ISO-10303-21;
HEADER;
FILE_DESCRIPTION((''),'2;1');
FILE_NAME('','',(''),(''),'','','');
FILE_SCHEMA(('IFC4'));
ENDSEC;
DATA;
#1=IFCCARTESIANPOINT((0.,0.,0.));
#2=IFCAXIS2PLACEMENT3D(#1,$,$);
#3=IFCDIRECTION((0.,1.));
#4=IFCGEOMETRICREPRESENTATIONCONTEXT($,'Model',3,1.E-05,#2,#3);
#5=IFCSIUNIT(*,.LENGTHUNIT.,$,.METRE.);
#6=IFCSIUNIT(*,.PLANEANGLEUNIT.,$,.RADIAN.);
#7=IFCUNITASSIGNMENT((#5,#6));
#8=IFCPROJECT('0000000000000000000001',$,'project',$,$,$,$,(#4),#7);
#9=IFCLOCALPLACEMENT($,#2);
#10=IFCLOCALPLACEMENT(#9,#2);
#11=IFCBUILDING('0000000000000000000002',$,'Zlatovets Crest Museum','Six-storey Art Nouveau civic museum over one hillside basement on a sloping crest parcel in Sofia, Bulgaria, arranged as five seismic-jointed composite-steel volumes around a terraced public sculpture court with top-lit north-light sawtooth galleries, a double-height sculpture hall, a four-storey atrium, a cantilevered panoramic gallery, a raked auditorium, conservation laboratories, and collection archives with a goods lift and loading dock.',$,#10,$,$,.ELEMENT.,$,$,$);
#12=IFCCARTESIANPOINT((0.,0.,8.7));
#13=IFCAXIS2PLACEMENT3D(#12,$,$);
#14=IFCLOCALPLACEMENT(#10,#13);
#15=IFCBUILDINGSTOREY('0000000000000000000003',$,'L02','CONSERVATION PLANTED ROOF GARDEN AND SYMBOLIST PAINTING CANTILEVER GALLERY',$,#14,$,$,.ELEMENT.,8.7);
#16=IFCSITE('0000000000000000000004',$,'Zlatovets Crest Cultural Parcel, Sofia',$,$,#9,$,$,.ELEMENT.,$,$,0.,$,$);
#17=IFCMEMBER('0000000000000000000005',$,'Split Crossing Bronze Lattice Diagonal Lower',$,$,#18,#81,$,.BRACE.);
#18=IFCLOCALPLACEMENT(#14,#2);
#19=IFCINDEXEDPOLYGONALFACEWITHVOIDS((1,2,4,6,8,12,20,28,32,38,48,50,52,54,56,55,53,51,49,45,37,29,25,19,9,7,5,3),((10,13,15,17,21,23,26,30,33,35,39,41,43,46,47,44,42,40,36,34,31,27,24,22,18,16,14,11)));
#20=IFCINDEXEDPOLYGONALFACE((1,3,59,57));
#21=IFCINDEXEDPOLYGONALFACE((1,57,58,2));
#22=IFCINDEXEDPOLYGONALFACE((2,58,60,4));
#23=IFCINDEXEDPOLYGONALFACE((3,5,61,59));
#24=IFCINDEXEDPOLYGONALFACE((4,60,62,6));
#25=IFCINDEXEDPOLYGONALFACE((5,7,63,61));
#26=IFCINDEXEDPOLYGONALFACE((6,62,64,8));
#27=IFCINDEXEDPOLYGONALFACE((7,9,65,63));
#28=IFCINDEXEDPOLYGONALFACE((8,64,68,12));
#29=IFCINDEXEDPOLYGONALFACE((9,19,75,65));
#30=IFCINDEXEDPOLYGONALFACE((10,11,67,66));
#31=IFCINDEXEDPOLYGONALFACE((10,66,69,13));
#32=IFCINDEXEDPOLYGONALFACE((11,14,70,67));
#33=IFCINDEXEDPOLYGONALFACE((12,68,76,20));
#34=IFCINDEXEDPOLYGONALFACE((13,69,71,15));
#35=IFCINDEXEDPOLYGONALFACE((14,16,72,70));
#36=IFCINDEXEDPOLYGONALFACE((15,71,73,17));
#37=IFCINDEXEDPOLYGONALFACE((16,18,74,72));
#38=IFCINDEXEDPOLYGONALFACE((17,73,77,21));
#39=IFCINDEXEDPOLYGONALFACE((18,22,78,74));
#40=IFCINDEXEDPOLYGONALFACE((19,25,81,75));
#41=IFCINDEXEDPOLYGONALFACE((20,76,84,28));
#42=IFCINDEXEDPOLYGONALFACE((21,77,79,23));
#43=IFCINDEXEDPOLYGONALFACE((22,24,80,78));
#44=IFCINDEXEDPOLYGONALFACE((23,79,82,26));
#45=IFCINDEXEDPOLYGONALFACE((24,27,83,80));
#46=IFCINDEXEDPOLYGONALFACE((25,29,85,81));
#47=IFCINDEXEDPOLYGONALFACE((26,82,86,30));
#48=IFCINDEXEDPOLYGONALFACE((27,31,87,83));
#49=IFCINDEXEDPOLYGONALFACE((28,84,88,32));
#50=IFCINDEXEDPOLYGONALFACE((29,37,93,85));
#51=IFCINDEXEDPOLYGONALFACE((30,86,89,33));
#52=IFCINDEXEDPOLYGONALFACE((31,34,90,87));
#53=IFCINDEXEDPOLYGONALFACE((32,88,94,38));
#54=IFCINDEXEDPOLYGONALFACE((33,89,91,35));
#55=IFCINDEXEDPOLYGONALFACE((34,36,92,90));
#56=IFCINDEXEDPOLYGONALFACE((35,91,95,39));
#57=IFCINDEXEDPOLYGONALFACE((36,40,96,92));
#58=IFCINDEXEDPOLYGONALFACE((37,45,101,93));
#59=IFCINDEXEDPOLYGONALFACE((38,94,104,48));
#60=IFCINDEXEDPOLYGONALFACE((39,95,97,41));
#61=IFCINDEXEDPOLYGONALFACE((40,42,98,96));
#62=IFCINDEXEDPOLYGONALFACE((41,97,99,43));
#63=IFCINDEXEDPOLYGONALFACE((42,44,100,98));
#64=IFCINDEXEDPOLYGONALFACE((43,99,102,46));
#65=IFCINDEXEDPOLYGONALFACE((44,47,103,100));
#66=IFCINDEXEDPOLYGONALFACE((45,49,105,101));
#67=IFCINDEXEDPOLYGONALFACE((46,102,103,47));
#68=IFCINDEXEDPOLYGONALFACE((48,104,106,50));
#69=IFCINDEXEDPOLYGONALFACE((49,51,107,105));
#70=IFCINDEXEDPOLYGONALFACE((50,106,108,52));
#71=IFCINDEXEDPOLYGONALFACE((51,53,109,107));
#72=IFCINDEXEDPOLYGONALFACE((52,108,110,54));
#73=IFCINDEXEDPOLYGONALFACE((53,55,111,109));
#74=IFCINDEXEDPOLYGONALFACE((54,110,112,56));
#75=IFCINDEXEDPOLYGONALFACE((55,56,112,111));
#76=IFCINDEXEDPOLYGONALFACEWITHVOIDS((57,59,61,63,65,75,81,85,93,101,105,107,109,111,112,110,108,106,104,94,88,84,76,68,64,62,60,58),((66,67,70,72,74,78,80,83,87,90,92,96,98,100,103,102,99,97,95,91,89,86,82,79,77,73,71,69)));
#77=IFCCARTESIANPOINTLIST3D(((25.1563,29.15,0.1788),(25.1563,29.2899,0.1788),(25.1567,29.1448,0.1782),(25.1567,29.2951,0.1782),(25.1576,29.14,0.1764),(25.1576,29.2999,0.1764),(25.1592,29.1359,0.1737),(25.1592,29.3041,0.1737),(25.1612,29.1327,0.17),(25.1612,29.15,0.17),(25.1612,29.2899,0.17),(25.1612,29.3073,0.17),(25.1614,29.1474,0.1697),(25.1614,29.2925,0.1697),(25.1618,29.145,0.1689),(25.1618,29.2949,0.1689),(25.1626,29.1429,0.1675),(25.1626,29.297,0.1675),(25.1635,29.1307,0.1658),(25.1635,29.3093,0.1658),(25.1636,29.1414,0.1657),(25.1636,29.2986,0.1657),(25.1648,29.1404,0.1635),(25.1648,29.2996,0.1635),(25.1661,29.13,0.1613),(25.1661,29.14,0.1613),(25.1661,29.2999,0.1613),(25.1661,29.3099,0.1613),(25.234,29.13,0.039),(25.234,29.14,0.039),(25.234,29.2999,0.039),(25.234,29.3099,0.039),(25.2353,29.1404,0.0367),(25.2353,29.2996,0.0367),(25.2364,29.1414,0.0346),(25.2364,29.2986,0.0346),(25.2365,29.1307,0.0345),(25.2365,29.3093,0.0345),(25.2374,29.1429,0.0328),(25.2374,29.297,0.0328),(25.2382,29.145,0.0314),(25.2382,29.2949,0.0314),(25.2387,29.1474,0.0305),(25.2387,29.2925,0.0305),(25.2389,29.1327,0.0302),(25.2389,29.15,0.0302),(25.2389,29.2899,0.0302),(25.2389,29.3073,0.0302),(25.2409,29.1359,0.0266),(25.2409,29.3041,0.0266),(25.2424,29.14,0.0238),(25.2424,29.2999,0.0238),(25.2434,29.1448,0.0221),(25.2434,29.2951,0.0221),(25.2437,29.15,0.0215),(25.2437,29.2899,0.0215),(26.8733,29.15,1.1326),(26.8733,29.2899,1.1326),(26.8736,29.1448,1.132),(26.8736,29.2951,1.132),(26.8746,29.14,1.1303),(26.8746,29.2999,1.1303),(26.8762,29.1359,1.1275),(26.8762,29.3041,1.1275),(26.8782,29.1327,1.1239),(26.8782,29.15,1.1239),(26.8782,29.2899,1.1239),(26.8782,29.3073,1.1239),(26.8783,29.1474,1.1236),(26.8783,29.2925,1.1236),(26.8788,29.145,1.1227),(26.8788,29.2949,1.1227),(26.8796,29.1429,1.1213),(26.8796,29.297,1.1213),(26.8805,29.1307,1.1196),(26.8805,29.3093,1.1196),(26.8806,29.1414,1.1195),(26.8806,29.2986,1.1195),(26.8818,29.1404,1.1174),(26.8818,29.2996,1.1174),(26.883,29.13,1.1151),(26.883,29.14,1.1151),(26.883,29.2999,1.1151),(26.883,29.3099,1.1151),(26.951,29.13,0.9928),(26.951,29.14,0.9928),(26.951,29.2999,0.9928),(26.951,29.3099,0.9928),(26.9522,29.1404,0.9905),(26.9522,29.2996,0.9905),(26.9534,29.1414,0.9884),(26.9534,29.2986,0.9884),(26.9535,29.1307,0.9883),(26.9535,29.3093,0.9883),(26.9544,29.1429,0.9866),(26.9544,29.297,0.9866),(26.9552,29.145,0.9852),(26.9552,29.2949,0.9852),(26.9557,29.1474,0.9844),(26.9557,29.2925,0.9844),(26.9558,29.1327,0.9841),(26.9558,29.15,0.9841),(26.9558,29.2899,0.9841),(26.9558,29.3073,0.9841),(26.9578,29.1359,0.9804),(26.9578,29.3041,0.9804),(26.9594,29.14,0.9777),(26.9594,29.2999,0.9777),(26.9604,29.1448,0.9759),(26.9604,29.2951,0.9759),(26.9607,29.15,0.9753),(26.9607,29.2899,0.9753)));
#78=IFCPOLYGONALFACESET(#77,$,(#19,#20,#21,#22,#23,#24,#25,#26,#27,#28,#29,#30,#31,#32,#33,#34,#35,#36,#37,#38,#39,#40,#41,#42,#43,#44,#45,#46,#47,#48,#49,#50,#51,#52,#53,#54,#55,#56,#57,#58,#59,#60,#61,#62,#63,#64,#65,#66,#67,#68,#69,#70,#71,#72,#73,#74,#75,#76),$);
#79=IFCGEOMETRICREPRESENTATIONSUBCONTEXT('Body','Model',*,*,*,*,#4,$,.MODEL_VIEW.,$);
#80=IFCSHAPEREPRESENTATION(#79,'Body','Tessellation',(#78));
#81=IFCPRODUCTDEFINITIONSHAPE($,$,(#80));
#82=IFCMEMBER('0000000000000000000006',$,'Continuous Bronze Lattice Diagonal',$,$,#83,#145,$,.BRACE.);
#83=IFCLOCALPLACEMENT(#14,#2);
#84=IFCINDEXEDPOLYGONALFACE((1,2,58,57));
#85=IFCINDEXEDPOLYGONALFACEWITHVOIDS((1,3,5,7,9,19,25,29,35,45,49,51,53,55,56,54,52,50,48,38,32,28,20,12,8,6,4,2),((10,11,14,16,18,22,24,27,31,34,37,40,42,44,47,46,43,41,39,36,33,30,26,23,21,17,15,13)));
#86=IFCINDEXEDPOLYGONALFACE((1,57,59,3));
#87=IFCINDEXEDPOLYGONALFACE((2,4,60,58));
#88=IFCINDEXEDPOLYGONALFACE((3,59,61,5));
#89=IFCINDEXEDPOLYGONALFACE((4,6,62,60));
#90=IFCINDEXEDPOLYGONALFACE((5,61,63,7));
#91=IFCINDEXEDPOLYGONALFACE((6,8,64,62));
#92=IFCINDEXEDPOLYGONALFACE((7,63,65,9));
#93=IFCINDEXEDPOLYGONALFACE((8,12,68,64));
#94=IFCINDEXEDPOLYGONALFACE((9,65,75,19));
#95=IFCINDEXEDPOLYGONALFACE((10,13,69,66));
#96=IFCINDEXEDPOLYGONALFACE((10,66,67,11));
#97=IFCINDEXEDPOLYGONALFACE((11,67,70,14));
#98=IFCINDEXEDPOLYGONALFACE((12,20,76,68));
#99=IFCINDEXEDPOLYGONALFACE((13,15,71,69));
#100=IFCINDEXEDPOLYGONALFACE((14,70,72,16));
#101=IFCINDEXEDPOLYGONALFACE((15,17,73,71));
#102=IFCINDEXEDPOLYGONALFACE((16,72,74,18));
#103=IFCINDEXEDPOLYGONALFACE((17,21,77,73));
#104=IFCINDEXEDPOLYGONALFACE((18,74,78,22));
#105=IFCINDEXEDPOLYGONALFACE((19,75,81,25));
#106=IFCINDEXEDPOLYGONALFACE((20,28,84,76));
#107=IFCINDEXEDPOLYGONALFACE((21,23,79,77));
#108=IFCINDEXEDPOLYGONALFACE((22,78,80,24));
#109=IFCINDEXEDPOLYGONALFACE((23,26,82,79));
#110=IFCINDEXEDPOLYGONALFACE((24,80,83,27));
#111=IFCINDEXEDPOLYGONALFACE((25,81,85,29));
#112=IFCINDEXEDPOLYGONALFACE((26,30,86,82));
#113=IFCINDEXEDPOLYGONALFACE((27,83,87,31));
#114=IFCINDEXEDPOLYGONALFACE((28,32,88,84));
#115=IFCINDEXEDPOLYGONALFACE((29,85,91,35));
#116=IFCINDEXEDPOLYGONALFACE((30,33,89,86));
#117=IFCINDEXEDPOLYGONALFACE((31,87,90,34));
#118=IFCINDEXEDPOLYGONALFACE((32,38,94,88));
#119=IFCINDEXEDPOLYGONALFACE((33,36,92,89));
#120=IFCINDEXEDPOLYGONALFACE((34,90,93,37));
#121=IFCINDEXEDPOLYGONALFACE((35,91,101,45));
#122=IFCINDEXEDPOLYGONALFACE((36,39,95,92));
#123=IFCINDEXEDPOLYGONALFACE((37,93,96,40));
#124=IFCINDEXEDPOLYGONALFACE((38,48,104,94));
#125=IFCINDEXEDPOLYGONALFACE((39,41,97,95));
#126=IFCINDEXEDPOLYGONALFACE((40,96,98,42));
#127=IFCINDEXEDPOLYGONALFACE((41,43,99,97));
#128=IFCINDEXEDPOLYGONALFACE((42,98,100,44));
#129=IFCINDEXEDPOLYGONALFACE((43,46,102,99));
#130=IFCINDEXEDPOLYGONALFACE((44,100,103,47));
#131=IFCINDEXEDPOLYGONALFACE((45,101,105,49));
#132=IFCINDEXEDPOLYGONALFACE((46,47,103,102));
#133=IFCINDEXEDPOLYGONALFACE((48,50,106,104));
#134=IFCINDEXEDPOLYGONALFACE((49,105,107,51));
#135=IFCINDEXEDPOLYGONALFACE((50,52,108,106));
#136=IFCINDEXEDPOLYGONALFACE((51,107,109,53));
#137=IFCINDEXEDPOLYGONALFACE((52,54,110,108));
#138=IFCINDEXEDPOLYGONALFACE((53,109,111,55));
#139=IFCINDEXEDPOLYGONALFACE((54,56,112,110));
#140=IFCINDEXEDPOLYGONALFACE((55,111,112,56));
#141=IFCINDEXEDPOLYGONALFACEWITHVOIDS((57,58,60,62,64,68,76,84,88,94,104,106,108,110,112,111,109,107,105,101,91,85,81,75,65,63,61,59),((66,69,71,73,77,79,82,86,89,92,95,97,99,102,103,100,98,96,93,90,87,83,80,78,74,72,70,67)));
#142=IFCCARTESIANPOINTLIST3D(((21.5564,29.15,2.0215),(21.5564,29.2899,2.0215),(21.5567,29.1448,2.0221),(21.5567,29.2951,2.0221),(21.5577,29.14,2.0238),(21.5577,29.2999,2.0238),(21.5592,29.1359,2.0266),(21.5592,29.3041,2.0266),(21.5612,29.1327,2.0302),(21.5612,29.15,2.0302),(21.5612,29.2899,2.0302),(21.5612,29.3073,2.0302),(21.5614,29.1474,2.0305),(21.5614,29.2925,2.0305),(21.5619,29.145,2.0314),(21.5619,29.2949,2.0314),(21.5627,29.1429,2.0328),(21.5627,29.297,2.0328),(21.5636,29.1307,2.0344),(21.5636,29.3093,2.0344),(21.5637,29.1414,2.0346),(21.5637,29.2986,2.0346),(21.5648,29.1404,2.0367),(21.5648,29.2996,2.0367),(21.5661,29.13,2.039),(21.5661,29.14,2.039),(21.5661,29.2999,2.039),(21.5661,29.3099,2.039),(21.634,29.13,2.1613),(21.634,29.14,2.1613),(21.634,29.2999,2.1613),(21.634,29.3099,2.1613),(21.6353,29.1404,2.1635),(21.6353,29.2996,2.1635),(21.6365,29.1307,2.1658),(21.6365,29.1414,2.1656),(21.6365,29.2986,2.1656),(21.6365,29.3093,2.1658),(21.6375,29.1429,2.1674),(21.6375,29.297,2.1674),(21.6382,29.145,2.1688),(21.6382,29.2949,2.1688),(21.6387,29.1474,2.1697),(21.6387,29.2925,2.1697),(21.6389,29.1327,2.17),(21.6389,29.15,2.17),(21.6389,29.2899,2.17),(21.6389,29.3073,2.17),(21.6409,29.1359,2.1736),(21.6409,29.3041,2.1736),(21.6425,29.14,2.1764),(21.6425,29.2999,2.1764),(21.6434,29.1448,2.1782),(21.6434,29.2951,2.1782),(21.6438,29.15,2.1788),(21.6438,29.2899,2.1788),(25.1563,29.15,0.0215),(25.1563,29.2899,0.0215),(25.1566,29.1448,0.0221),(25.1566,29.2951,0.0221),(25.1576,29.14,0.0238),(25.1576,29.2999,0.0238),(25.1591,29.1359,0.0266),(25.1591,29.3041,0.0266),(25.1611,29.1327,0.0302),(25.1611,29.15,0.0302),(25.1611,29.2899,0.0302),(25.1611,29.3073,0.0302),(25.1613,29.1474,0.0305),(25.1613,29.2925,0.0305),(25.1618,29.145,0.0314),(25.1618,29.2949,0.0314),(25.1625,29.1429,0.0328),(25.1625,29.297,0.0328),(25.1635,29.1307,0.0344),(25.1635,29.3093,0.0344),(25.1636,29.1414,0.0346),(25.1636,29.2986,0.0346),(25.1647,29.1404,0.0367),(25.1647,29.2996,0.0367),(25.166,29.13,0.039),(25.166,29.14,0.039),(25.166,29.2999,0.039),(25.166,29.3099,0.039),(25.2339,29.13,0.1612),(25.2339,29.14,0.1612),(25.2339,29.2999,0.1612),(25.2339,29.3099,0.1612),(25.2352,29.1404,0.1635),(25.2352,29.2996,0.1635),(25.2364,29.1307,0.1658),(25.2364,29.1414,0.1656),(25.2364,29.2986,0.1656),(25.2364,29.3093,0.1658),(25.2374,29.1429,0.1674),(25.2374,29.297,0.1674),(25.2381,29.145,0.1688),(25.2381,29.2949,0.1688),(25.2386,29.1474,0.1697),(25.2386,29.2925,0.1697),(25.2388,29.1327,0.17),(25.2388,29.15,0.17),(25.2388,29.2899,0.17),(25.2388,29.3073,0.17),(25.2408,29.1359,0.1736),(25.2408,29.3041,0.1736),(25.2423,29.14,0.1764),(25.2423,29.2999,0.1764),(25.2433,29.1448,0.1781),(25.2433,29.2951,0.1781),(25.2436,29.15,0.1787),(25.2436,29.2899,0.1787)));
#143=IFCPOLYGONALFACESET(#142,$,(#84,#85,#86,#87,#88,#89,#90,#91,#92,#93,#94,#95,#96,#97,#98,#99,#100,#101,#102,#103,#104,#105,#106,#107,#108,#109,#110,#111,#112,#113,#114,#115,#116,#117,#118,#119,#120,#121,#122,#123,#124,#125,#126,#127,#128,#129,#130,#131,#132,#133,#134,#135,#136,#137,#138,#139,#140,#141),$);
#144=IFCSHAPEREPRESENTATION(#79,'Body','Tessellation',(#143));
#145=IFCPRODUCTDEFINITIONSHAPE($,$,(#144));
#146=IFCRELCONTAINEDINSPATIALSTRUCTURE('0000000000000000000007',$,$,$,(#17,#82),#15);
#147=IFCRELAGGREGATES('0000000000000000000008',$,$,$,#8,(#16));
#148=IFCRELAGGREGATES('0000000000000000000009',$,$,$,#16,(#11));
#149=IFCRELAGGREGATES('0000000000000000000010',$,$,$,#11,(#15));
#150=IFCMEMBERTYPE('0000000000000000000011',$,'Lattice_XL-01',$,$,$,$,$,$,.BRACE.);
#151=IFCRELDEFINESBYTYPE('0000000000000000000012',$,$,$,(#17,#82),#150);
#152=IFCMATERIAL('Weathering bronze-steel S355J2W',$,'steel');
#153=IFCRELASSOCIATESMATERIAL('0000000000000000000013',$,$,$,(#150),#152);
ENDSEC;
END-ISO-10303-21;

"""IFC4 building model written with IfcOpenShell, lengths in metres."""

from ifc_helpers import new_model, si_unit, direction, frame, origin, origin_2d, place, context, subcontext, project, spatial, hollow_rectangle, extrude, material, material_profile, profile_set, type_object, element, save


model = new_model("IFC4")

# Units and contexts
model_context = context("Model", 3, precision=1e-05, world=origin(), true_north=direction((0.0, 1.0)))
body_context = subcontext(model_context, "Body", "Model", "MODEL_VIEW")
ifc_project = project(units=[si_unit("LENGTHUNIT", "METRE"), si_unit("PLANEANGLEUNIT", "RADIAN")], contexts=[model_context])

# Site, building, storey
site_placement = place(None, origin())
site = spatial("IfcSite", under=ifc_project, at=site_placement, Name="Zlatovets Crest Cultural Parcel, Sofia", CompositionType="ELEMENT", RefElevation=0.0)
building_placement = place(site_placement, origin())
building = spatial("IfcBuilding", under=site, at=building_placement, Name="Zlatovets Crest Museum", Description="Six-storey Art Nouveau civic museum over one hillside basement on a sloping crest parcel in Sofia, Bulgaria, arranged as five seismic-jointed composite-steel volumes around a terraced public sculpture court with top-lit north-light sawtooth galleries, a double-height sculpture hall, a four-storey atrium, a cantilevered panoramic gallery, a raked auditorium, conservation laboratories, and collection archives with a goods lift and loading dock.", CompositionType="ELEMENT")
storey_placement = place(building_placement, frame((0.0, 0.0, 8.7)))
storey = spatial("IfcBuildingStorey", under=building, at=storey_placement, Name="L02", Description="CONSERVATION PLANTED ROOF GARDEN AND SYMBOLIST PAINTING CANTILEVER GALLERY", CompositionType="ELEMENT", Elevation=8.7)

# Members
ifc_material_1 = material(Name="Weathering bronze-steel S355J2W", Category="steel")
ifc_material_profile_1 = material_profile(ifc_material_1, hollow_rectangle(XDim=0.1799, YDim=0.1799, WallThickness=0.01, InnerFilletRadius=0.01, OuterFilletRadius=0.02, at=origin_2d()), Name="SHS 180x180x10.0")
ifc_profile_set_1 = profile_set([ifc_material_profile_1], Name="Weathering bronze-steel S355J2W")
member_type_1 = type_object("IfcMemberType", Name="Lattice_XL-01", PredefinedType="BRACE", material=ifc_profile_set_1)
member_1_placement = place(storey_placement, frame((26.917, 29.22, 1.054), z_axis=(-0.874169, 0.0, -0.485622), x_axis=(0.0, -1.0, 0.0)))
element("IfcMember", 1, at=member_1_placement, inside=storey, type_object=member_type_1, Name="Split Crossing Bronze Lattice Diagonal Lower", PredefinedType="BRACE", context=body_context, shape_type="SweptSolid", body=[
    extrude(hollow_rectangle(XDim=0.1799, YDim=0.1799, WallThickness=0.01, InnerFilletRadius=0.01, OuterFilletRadius=0.02, at=origin_2d()), origin(), (0.0, 0.0, 1.0), 1.9641),
])
member_2_placement = place(storey_placement, frame((25.2, 29.22, 0.1001), z_axis=(-0.874149, 0.0, 0.485658), x_axis=(0.0, -1.0, 0.0)))
element("IfcMember", 2, at=member_2_placement, inside=storey, type_object=member_type_1, Name="Continuous Bronze Lattice Diagonal", PredefinedType="BRACE", context=body_context, shape_type="SweptSolid", body=[
    extrude(hollow_rectangle(XDim=0.1799, YDim=0.1799, WallThickness=0.01, InnerFilletRadius=0.01, OuterFilletRadius=0.02, at=origin_2d()), origin(), (0.0, 0.0, 1.0), 4.1182),
])

save(model, "model.ifc")
